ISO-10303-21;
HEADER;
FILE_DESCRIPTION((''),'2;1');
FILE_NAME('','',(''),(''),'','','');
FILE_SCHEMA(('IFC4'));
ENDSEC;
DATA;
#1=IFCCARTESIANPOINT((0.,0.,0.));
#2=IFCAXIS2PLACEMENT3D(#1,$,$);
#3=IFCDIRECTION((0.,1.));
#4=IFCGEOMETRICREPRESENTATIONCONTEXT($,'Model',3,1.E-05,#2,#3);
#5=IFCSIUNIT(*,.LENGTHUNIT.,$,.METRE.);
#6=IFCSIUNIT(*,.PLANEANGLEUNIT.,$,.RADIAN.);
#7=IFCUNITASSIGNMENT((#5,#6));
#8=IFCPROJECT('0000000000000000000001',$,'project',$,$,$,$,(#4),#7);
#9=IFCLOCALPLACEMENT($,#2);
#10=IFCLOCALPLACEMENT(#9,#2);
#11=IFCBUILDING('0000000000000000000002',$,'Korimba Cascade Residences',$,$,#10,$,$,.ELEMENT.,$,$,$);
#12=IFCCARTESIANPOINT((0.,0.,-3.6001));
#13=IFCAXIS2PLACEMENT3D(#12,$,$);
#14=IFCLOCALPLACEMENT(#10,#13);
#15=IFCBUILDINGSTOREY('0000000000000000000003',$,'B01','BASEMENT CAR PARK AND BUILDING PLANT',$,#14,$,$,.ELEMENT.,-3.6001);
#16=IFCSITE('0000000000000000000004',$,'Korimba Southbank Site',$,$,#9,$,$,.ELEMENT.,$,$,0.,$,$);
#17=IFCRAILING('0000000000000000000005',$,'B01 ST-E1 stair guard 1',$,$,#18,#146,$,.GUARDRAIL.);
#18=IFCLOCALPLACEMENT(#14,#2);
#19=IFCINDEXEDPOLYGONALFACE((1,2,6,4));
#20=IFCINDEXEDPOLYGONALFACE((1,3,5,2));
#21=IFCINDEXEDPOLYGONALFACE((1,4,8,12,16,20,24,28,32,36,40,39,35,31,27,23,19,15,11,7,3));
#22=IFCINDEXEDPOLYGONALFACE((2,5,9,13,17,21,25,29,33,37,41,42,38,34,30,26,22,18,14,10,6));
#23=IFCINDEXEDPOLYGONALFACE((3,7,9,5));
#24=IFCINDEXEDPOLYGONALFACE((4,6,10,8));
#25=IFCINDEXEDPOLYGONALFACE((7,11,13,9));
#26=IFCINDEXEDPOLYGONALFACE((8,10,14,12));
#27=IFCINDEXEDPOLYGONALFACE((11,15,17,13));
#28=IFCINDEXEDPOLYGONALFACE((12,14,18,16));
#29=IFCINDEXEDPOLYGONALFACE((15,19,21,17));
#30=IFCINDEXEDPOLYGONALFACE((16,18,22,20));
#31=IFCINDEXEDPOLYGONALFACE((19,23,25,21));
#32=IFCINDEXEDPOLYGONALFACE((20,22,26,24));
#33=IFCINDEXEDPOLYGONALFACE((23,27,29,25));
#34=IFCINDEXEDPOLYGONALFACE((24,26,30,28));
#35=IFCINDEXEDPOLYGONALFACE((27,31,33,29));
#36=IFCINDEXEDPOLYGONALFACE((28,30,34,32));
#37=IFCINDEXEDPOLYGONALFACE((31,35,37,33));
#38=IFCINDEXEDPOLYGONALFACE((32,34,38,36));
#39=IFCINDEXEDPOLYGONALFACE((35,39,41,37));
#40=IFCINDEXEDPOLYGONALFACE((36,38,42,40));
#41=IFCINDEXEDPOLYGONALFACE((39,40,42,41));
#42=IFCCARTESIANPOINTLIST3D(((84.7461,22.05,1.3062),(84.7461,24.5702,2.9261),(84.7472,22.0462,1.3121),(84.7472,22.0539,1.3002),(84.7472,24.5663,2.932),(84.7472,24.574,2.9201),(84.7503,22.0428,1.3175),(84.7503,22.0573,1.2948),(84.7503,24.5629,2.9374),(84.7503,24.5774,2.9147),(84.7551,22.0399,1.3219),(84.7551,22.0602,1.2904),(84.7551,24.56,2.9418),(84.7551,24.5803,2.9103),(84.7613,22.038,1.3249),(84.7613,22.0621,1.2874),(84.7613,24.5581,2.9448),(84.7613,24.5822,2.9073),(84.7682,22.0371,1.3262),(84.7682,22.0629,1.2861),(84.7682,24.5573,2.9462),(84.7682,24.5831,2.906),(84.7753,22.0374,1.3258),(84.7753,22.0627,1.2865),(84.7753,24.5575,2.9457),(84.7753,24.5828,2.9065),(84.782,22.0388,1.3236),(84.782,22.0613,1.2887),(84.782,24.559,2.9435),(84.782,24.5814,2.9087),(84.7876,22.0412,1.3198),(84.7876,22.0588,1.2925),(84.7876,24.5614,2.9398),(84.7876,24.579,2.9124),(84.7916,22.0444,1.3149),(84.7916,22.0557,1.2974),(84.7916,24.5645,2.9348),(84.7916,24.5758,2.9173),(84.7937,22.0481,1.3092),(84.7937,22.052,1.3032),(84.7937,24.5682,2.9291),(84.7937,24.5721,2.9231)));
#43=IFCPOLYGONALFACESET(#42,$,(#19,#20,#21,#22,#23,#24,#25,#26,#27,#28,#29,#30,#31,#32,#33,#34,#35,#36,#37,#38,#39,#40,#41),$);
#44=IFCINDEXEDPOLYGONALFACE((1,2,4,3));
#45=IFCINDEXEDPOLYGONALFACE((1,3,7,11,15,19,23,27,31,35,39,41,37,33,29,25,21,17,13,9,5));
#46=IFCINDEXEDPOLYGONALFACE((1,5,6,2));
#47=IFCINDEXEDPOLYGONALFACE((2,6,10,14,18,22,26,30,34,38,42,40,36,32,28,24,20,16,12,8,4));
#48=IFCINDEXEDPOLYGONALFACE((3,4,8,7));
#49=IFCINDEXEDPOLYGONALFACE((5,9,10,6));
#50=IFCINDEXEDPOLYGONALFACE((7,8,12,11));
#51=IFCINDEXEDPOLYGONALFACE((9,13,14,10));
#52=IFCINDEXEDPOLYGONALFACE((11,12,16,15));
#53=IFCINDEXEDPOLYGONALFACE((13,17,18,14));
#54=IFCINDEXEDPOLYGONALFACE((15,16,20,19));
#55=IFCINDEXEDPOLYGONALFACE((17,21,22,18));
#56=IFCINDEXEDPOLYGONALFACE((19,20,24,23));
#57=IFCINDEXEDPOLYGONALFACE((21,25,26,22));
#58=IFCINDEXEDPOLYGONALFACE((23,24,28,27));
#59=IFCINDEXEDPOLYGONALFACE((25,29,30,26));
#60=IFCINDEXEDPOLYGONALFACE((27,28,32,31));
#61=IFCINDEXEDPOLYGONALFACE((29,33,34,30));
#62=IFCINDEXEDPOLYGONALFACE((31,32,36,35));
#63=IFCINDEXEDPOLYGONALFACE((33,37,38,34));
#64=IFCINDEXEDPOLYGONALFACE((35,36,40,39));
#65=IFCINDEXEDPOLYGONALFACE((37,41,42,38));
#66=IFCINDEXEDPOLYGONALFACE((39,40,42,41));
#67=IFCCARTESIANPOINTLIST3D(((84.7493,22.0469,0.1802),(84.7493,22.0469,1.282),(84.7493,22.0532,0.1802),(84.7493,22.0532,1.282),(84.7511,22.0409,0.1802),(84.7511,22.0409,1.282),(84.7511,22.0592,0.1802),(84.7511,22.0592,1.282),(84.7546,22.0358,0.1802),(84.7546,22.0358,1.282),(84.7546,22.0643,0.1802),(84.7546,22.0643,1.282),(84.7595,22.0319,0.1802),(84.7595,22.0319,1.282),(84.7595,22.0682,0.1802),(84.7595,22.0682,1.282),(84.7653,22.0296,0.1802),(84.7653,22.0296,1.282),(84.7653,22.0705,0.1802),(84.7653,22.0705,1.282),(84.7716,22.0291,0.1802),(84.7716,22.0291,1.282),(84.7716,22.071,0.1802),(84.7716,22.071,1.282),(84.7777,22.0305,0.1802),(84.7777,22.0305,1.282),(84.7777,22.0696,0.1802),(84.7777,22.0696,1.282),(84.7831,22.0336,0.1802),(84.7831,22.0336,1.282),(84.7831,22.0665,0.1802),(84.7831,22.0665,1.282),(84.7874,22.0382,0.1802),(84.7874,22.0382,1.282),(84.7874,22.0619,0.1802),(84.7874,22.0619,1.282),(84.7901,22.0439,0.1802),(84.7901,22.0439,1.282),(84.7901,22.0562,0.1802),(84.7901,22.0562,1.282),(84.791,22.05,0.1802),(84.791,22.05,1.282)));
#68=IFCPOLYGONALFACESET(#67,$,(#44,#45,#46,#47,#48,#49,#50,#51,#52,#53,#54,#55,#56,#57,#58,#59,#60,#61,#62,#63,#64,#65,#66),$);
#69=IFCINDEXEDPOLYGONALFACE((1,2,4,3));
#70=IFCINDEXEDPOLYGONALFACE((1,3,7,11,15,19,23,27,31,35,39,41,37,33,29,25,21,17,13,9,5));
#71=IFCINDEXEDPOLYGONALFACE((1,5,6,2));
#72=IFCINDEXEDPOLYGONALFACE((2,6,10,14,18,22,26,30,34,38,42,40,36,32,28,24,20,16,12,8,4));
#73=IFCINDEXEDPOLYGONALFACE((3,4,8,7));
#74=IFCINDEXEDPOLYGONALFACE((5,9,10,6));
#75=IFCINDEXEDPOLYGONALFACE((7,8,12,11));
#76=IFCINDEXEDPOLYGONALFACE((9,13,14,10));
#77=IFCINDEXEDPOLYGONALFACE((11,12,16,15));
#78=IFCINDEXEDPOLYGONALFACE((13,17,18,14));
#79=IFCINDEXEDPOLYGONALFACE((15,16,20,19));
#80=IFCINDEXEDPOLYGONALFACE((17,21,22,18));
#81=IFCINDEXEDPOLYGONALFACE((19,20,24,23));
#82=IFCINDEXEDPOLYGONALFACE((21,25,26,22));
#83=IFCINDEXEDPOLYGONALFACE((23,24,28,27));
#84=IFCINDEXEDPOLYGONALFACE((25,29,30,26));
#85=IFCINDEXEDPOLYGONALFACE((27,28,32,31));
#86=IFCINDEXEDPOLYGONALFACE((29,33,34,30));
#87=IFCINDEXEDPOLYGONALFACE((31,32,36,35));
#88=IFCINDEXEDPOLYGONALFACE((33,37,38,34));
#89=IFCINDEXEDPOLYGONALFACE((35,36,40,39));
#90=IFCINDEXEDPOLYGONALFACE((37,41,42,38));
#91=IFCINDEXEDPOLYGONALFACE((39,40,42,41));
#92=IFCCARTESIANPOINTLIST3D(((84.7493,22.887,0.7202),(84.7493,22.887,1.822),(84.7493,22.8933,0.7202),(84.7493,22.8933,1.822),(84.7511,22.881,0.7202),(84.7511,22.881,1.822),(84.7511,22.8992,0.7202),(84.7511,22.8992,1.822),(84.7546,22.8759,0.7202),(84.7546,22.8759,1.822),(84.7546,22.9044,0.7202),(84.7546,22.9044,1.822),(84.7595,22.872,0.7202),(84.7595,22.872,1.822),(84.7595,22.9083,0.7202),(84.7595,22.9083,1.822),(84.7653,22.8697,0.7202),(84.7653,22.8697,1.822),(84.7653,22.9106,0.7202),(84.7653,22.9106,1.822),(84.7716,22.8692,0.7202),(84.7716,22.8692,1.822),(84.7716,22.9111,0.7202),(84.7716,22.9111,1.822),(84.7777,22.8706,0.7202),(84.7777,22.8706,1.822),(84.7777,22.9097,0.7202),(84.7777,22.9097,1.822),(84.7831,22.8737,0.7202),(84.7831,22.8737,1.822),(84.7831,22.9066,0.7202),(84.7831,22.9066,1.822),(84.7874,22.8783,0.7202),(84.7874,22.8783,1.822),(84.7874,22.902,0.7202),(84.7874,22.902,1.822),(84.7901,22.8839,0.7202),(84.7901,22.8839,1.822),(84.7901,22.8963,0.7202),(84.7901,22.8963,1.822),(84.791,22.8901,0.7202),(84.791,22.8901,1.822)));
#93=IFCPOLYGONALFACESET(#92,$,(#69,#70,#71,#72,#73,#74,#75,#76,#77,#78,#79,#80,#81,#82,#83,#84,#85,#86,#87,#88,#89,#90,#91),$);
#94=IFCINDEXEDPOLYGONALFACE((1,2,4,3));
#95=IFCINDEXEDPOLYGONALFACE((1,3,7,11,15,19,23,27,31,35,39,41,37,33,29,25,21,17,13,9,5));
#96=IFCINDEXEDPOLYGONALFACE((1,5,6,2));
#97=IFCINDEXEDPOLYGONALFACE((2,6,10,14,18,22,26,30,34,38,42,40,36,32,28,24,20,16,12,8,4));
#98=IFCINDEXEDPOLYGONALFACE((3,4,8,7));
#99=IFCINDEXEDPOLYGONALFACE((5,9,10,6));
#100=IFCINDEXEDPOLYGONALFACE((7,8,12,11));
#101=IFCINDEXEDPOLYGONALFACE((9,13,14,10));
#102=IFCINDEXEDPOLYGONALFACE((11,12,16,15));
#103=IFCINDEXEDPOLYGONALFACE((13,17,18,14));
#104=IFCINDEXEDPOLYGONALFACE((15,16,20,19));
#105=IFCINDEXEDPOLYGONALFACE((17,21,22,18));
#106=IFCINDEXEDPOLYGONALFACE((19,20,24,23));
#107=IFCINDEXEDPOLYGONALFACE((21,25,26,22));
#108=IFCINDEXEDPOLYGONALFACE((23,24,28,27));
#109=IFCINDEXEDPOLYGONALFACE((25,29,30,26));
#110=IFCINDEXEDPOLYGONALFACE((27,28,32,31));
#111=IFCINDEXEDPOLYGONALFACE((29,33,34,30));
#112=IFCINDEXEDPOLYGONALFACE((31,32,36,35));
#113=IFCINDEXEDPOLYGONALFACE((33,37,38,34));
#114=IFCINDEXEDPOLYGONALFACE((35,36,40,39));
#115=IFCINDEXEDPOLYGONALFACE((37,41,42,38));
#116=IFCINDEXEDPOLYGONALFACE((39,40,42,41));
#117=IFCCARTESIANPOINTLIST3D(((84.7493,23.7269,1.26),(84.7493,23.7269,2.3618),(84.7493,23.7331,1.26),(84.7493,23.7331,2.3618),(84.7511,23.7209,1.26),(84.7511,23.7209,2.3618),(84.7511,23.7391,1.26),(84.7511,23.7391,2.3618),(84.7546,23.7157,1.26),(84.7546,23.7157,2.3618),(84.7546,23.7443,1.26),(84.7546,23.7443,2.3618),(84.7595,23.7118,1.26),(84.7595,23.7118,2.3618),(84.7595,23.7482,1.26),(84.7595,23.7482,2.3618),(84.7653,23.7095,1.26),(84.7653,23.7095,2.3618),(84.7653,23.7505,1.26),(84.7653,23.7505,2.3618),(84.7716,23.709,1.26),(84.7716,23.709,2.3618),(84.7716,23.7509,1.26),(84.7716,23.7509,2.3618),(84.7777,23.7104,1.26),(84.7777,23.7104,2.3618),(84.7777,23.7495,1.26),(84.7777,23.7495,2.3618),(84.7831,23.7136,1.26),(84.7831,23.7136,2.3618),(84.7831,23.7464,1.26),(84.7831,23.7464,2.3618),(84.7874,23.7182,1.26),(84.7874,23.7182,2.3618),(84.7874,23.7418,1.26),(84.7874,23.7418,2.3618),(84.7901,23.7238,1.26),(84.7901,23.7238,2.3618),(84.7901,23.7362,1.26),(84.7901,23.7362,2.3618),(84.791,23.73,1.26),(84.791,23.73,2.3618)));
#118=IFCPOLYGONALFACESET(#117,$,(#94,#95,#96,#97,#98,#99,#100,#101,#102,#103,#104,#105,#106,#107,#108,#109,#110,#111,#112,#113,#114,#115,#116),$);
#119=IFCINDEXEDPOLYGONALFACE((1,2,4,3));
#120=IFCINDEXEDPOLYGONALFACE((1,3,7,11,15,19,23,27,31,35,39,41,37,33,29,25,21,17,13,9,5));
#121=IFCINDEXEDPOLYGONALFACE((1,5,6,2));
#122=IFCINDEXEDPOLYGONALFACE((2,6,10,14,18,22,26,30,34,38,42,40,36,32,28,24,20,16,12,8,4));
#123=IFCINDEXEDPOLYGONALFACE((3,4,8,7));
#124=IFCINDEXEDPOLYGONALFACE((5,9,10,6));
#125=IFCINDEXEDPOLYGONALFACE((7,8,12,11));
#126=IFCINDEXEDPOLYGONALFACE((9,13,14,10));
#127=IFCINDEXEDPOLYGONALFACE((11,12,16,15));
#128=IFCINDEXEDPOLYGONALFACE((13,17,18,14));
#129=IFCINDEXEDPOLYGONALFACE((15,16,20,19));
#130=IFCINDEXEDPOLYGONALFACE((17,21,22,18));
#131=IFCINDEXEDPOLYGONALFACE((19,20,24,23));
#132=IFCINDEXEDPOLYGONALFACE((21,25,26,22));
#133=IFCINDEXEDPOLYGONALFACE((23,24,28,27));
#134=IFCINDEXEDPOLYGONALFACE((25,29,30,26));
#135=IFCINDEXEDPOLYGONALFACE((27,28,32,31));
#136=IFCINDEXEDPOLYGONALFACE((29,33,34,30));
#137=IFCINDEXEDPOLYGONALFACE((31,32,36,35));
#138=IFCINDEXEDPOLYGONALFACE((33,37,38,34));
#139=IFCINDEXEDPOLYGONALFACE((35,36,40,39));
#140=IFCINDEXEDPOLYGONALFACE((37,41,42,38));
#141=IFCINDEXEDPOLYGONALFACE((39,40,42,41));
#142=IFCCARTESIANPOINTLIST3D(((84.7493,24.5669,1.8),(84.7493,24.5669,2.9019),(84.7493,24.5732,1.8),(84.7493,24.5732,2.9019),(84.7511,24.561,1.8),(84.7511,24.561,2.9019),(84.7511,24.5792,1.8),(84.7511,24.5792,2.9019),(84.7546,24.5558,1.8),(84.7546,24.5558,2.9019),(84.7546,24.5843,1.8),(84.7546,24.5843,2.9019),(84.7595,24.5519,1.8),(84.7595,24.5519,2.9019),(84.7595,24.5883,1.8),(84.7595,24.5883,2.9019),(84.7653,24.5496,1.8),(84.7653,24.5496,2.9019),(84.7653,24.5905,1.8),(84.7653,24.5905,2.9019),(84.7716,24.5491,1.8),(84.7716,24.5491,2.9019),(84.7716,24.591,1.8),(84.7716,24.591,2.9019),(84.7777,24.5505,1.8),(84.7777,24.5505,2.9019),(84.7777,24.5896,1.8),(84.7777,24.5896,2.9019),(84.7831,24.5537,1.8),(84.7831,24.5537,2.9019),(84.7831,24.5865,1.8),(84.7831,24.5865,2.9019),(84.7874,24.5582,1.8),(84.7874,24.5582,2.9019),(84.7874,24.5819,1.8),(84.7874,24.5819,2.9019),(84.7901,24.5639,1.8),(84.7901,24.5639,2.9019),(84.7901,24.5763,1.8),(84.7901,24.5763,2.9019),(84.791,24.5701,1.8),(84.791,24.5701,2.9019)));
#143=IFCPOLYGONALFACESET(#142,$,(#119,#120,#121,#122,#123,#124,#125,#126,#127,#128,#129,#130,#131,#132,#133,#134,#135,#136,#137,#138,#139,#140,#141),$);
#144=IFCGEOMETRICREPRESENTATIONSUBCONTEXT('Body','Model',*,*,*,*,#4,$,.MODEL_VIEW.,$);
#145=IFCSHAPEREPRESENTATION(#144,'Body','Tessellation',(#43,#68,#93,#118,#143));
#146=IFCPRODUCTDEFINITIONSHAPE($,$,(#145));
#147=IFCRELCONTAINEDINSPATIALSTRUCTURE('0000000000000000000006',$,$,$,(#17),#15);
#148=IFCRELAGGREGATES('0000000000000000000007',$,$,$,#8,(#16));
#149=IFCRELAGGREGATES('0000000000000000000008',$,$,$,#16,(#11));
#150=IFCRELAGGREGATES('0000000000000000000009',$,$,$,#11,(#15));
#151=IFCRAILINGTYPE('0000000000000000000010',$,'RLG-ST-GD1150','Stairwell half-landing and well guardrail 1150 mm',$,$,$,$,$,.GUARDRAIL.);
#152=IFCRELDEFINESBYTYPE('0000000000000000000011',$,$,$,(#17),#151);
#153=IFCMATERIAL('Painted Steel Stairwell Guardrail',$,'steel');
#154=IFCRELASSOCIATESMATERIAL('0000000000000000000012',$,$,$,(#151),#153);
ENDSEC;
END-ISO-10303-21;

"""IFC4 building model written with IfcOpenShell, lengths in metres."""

from ifc_helpers import new_model, si_unit, direction, frame, origin, origin_2d, place, context, subcontext, project, spatial, circle, extrude, material, type_object, element, save


model = new_model("IFC4")

# Units and contexts
model_context = context("Model", 3, precision=1e-05, world=origin(), true_north=direction((0.0, 1.0)))
body_context = subcontext(model_context, "Body", "Model", "MODEL_VIEW")
ifc_project = project(units=[si_unit("LENGTHUNIT", "METRE"), si_unit("PLANEANGLEUNIT", "RADIAN")], contexts=[model_context])

# Site, building, storey
site_placement = place(None, origin())
site = spatial("IfcSite", under=ifc_project, at=site_placement, Name="Korimba Southbank Site", CompositionType="ELEMENT", RefElevation=0.0)
building_placement = place(site_placement, origin())
building = spatial("IfcBuilding", under=site, at=building_placement, Name="Korimba Cascade Residences", CompositionType="ELEMENT")
storey_placement = place(building_placement, frame((0.0, 0.0, -3.6001)))
storey = spatial("IfcBuildingStorey", under=building, at=storey_placement, Name="B01", Description="BASEMENT CAR PARK AND BUILDING PLANT", CompositionType="ELEMENT", Elevation=-3.6001)

# Railing
ifc_material_1 = material(Name="Painted Steel Stairwell Guardrail", Category="steel")
railing_type_1 = type_object("IfcRailingType", Name="RLG-ST-GD1150", Description="Stairwell half-landing and well guardrail 1150 mm", PredefinedType="GUARDRAIL", material=ifc_material_1)
railing_1_placement = place(storey_placement, frame((84.77, 22.05, 0.1802)))
element("IfcRailing", 1, at=railing_1_placement, inside=storey, type_object=railing_type_1, Name="B01 ST-E1 stair guard 1", PredefinedType="GUARDRAIL", context=body_context, shape_type="SweptSolid", body=[
    extrude(circle(Radius=0.0239, at=origin_2d()), frame((0.0, 0.0, 1.126), z_axis=(0.0, 0.8412, 0.540725), x_axis=(-1.0, 0.0, 0.0)), (0.0, 0.0, 1.0), 2.9958),
    extrude(circle(Radius=0.021, at=origin_2d()), origin(), (0.0, 0.0, 1.0), 1.1018),
    extrude(circle(Radius=0.021, at=origin_2d()), frame((0.0, 0.8401, 0.54)), (0.0, 0.0, 1.0), 1.1018),
    extrude(circle(Radius=0.021, at=origin_2d()), frame((0.0, 1.6799, 1.0798)), (0.0, 0.0, 1.0), 1.1018),
    extrude(circle(Radius=0.021, at=origin_2d()), frame((0.0, 2.52, 1.6199)), (0.0, 0.0, 1.0), 1.1018),
])

save(model, "model.ifc")
